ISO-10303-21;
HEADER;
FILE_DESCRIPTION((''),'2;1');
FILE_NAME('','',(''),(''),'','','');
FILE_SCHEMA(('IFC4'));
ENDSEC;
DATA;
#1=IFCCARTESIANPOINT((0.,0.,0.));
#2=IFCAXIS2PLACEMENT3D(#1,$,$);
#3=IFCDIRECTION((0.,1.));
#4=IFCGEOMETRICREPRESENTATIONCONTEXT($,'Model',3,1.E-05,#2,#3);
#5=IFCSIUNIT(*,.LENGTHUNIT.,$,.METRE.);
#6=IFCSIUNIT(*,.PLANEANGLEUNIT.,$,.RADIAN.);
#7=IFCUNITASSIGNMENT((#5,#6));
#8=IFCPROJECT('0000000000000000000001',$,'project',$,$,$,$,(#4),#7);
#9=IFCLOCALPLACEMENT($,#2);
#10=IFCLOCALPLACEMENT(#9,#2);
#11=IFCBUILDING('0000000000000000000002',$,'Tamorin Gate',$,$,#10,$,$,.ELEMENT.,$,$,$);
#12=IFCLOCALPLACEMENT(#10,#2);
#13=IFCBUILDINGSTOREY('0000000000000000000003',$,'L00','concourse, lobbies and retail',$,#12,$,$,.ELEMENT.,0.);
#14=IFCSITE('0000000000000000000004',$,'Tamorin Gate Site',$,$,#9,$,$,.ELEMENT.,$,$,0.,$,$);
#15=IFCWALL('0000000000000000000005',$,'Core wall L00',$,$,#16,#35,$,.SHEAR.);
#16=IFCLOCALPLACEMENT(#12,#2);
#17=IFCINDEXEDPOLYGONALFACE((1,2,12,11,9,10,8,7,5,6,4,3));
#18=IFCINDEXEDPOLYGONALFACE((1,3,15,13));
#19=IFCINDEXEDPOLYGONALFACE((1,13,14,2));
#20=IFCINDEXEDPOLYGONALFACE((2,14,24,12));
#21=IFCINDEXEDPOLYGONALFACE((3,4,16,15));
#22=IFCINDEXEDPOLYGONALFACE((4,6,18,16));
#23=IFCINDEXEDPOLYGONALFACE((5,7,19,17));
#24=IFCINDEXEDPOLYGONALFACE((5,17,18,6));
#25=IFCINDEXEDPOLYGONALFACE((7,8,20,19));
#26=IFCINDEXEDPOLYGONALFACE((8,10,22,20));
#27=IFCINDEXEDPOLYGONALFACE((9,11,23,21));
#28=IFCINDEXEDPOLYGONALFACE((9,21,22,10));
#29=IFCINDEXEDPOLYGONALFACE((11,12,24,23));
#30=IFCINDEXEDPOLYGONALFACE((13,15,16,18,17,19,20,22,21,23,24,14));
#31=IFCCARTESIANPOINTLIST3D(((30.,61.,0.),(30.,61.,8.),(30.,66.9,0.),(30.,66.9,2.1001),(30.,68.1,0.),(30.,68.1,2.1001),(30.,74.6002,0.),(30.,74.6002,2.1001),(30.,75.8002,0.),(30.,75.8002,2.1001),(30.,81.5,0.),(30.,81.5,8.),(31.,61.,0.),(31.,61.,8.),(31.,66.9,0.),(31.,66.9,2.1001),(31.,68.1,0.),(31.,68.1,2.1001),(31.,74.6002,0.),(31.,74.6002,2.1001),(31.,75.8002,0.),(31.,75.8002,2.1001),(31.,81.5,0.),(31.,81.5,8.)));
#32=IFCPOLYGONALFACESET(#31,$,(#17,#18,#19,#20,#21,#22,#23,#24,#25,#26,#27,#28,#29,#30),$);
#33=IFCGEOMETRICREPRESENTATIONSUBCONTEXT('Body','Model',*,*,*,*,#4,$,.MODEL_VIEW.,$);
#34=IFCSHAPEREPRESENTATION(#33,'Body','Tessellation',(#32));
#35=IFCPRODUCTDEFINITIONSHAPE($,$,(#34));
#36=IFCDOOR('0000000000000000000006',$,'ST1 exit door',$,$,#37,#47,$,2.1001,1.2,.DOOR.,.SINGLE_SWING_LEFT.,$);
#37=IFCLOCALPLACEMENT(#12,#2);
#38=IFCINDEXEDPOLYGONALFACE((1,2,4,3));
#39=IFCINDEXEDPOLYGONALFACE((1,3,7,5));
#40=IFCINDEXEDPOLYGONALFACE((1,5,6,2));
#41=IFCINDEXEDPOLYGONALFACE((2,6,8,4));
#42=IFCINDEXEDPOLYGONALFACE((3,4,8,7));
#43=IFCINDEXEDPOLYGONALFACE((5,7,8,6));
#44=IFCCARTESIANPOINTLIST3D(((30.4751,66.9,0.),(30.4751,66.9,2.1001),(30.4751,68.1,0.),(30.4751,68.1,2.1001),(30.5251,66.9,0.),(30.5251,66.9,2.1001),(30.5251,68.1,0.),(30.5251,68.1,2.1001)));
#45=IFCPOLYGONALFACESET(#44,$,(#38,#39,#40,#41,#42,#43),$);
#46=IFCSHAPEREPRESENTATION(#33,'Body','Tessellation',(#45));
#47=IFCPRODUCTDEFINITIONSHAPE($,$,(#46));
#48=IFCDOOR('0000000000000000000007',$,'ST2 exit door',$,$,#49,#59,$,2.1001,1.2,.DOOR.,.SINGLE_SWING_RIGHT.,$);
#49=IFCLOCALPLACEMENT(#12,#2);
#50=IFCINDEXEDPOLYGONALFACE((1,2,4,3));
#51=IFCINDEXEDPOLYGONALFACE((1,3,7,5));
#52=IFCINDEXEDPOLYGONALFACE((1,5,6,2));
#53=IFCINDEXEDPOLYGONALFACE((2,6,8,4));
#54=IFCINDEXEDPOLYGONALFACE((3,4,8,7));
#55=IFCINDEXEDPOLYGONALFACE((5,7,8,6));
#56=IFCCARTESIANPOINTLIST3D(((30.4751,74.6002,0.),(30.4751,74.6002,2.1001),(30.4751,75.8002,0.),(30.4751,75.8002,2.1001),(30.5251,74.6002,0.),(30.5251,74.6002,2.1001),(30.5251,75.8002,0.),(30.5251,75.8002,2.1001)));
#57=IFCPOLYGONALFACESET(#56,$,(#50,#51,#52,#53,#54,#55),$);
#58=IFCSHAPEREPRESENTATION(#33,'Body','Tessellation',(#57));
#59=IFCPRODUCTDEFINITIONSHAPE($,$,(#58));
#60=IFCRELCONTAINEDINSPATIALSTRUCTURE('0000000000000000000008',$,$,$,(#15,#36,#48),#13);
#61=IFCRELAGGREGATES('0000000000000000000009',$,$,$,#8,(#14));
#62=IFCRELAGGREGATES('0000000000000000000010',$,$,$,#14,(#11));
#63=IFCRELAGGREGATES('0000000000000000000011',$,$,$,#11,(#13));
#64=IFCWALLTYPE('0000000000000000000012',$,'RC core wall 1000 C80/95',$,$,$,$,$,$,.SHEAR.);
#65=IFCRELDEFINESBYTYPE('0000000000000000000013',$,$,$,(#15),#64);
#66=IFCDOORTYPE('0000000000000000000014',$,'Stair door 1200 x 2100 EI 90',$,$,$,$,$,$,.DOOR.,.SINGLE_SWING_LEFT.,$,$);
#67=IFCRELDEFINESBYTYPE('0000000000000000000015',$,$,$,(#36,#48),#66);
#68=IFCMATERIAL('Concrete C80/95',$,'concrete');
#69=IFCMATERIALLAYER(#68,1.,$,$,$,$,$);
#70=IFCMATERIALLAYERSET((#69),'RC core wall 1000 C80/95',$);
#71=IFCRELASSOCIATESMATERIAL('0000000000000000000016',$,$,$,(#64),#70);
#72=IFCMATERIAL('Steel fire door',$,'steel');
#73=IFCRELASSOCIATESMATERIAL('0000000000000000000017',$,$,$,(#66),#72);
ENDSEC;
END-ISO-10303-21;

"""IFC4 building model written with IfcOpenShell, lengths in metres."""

from ifc_helpers import new_model, si_unit, direction, frame, frame_2d, origin, place, context, subcontext, project, spatial, rectangle, extrude, material, layer, layer_set, type_object, element, fill, save


model = new_model("IFC4")

# Units and contexts
model_context = context("Model", 3, precision=1e-05, world=origin(), true_north=direction((0.0, 1.0)))
body_context = subcontext(model_context, "Body", "Model", "MODEL_VIEW")
ifc_project = project(units=[si_unit("LENGTHUNIT", "METRE"), si_unit("PLANEANGLEUNIT", "RADIAN")], contexts=[model_context])

# Site, building, storey
site_placement = place(None, origin())
site = spatial("IfcSite", under=ifc_project, at=site_placement, Name="Tamorin Gate Site", CompositionType="ELEMENT", RefElevation=0.0)
building_placement = place(site_placement, origin())
building = spatial("IfcBuilding", under=site, at=building_placement, Name="Tamorin Gate", CompositionType="ELEMENT")
storey_placement = place(building_placement, origin())
storey = spatial("IfcBuildingStorey", under=building, at=storey_placement, Name="L00", Description="concourse, lobbies and retail", CompositionType="ELEMENT", Elevation=0.0)

# Shared definitions
ifc_material_1 = material(Name="Concrete C80/95", Category="concrete")

# Wall, openings, doors
ifc_layer_1 = layer(ifc_material_1, 1.0)
ifc_layer_set_1 = layer_set([ifc_layer_1], Name="RC core wall 1000 C80/95")
wall_type_1 = type_object("IfcWallType", Name="RC core wall 1000 C80/95", PredefinedType="SHEAR", material=ifc_layer_set_1)
ifc_material_2 = material(Name="Steel fire door", Category="steel")
door_type_1 = type_object("IfcDoorType", Name="Stair door 1200 x 2100 EI 90", OperationType="SINGLE_SWING_LEFT", PredefinedType="DOOR", material=ifc_material_2)
wall_1_placement = place(storey_placement, frame((30.5, 61.0, 0.0), z_axis=(0.0, 0.0, 1.0), x_axis=(0.0, 1.0, 0.0)))
wall_1 = element("IfcWall", 1, at=wall_1_placement, inside=storey, type_object=wall_type_1, Name="Core wall L00", PredefinedType="SHEAR", context=body_context, shape_type="SweptSolid", body=[
    extrude(rectangle(XDim=20.5, YDim=1.0, at=frame_2d((10.25, 0.0))), origin(), (0.0, 0.0, 1.0), 8.0),
])
opening_1_placement = place(wall_1_placement, frame((5.8999, 0.0, 0.0)))
opening_1 = element("IfcOpeningElement", 2, at=opening_1_placement, cuts=wall_1, PredefinedType="OPENING", context=body_context, shape_type="SweptSolid", body=[
    extrude(rectangle(XDim=1.2, YDim=2.1001, at=frame_2d((0.6001, 1.05))), frame((0.0, 0.51, 0.0), z_axis=(0.0, -1.0, 0.0), x_axis=(1.0, 0.0, 0.0)), (0.0, 0.0, 1.0), 1.02),
])
opening_2_placement = place(wall_1_placement, frame((13.6001, 0.0, 0.0)))
opening_2 = element("IfcOpeningElement", 3, at=opening_2_placement, cuts=wall_1, PredefinedType="OPENING", context=body_context, shape_type="SweptSolid", body=[
    extrude(rectangle(XDim=1.2, YDim=2.1001, at=frame_2d((0.6001, 1.05))), frame((0.0, 0.51, 0.0), z_axis=(0.0, -1.0, 0.0), x_axis=(1.0, 0.0, 0.0)), (0.0, 0.0, 1.0), 1.02),
])
door_1_placement = place(opening_1_placement, origin())
door_1 = element("IfcDoor", 4, at=door_1_placement, inside=storey, type_object=door_type_1, Name="ST1 exit door", OperationType="SINGLE_SWING_LEFT", OverallHeight=2.1001, OverallWidth=1.2, PredefinedType="DOOR", context=body_context, shape_type="SweptSolid", body=[
    extrude(rectangle(XDim=1.2, YDim=2.1001, at=frame_2d((0.6001, 1.05))), frame((0.0, 0.0249, 0.0), z_axis=(0.0, -1.0, 0.0), x_axis=(1.0, 0.0, 0.0)), (0.0, 0.0, 1.0), 0.05),
])
fill(opening_1, door_1)
door_2_placement = place(opening_2_placement, origin())
door_2 = element("IfcDoor", 5, at=door_2_placement, inside=storey, type_object=door_type_1, Name="ST2 exit door", OperationType="SINGLE_SWING_RIGHT", OverallHeight=2.1001, OverallWidth=1.2, PredefinedType="DOOR", context=body_context, shape_type="SweptSolid", body=[
    extrude(rectangle(XDim=1.2, YDim=2.1001, at=frame_2d((0.6001, 1.05))), frame((0.0, 0.0249, 0.0), z_axis=(0.0, -1.0, 0.0), x_axis=(1.0, 0.0, 0.0)), (0.0, 0.0, 1.0), 0.05),
])
fill(opening_2, door_2)

save(model, "model.ifc")
